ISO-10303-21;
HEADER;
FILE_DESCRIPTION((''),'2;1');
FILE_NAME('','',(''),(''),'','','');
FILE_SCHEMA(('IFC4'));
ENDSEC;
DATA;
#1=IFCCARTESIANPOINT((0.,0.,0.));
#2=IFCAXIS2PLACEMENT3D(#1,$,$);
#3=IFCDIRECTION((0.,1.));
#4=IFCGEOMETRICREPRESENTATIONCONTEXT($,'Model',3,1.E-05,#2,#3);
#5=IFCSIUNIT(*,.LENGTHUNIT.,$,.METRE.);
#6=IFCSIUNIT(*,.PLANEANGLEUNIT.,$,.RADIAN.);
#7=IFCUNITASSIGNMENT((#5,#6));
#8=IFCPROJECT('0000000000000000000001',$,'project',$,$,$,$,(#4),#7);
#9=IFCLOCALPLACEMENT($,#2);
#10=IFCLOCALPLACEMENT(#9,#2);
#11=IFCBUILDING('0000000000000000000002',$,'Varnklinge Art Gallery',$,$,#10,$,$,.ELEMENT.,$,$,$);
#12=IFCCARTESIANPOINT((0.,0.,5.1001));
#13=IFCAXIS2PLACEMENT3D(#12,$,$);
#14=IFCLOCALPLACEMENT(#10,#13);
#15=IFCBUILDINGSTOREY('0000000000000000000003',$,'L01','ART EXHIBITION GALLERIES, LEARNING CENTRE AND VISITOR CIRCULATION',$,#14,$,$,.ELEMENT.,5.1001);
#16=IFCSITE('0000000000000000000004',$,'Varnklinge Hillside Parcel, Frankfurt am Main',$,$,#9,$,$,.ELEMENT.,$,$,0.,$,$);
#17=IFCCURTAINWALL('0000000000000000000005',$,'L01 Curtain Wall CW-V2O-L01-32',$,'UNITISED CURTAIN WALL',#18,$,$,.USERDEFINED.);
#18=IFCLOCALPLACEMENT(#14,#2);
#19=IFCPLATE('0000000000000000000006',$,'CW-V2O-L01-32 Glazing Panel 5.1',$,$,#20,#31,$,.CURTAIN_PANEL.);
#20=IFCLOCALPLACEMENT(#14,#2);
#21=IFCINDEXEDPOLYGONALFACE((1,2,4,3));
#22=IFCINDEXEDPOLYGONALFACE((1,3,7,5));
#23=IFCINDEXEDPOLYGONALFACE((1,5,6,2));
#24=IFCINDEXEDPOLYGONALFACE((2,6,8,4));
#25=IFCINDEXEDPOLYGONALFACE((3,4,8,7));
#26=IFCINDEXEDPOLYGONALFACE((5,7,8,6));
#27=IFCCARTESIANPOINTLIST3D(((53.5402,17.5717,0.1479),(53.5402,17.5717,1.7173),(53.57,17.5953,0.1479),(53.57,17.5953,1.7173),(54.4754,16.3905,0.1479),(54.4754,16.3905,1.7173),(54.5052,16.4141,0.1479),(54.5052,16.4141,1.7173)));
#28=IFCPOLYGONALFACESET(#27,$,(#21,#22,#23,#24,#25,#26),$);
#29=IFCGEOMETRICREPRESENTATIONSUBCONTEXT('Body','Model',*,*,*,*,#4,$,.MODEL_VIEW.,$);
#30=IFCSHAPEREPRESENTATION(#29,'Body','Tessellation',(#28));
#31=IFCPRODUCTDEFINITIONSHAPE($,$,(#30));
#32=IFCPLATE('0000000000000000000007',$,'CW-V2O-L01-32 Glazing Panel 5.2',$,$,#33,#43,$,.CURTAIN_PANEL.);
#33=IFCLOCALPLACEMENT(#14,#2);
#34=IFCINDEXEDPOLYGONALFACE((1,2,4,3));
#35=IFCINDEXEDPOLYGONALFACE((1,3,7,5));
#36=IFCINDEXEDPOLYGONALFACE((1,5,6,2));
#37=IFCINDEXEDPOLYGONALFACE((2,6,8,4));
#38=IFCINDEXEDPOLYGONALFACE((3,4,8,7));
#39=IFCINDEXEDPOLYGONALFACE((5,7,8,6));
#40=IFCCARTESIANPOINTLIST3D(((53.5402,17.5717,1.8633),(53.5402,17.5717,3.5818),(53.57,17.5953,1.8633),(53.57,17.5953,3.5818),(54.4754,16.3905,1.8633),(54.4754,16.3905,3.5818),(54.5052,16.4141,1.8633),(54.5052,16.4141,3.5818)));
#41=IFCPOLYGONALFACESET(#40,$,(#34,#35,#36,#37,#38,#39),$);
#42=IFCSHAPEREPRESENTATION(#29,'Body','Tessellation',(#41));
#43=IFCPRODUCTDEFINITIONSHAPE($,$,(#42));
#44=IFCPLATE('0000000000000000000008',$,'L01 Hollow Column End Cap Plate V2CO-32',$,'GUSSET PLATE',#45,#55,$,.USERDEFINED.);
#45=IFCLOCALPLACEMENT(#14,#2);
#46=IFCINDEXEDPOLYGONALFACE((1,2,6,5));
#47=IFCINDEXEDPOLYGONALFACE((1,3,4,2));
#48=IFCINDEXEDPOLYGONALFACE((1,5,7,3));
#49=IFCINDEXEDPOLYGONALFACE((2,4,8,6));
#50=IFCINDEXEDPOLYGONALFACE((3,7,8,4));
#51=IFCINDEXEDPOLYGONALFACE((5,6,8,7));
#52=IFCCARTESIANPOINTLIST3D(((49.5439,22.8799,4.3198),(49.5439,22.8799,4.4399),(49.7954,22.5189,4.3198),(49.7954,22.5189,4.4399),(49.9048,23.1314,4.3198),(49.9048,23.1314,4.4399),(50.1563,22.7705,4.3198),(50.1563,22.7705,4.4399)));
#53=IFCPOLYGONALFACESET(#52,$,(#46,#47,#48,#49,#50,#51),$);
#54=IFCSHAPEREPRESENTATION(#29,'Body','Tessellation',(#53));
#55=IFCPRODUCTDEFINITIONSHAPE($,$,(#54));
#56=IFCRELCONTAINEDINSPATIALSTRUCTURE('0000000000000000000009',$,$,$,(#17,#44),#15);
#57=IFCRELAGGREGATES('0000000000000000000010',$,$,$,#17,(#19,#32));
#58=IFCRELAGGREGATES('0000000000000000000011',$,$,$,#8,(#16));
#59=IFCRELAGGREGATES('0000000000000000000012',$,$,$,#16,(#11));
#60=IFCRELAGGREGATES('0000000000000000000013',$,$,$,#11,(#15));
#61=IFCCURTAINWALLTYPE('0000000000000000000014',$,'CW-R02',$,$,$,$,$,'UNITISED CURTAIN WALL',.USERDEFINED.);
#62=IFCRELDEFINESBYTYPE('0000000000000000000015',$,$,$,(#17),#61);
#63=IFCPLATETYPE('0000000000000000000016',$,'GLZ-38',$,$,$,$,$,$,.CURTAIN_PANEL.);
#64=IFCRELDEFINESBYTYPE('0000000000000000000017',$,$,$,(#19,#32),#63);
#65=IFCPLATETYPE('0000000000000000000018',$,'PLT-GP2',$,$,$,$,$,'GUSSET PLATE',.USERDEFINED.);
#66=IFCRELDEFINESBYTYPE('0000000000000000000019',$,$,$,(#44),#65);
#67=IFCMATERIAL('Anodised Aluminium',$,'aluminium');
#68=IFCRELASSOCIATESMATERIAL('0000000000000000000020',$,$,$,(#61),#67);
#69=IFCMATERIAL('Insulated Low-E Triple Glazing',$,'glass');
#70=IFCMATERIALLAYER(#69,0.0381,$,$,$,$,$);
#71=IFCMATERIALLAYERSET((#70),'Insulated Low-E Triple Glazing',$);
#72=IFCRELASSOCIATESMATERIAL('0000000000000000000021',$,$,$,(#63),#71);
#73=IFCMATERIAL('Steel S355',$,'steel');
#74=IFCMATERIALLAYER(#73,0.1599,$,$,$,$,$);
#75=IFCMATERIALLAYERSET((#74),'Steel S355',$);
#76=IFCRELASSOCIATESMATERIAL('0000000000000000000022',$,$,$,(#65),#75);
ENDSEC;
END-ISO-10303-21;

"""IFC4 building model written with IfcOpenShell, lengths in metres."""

from ifc_helpers import new_model, si_unit, direction, frame, origin, origin_2d, place, context, subcontext, project, spatial, rectangle, extrude, material, layer, layer_set, type_object, element, aggregate, save


model = new_model("IFC4")

# Units and contexts
model_context = context("Model", 3, precision=1e-05, world=origin(), true_north=direction((0.0, 1.0)))
body_context = subcontext(model_context, "Body", "Model", "MODEL_VIEW")
ifc_project = project(units=[si_unit("LENGTHUNIT", "METRE"), si_unit("PLANEANGLEUNIT", "RADIAN")], contexts=[model_context])

# Site, building, storey
site_placement = place(None, origin())
site = spatial("IfcSite", under=ifc_project, at=site_placement, Name="Varnklinge Hillside Parcel, Frankfurt am Main", CompositionType="ELEMENT", RefElevation=0.0)
building_placement = place(site_placement, origin())
building = spatial("IfcBuilding", under=site, at=building_placement, Name="Varnklinge Art Gallery", CompositionType="ELEMENT")
storey_placement = place(building_placement, frame((0.0, 0.0, 5.1001)))
storey = spatial("IfcBuildingStorey", under=building, at=storey_placement, Name="L01", Description="ART EXHIBITION GALLERIES, LEARNING CENTRE AND VISITOR CIRCULATION", CompositionType="ELEMENT", Elevation=5.1001)

# Curtain wall
ifc_material_1 = material(Name="Anodised Aluminium", Category="aluminium")
curtain_wall_type = type_object("IfcCurtainWallType", Name="CW-R02", ElementType="UNITISED CURTAIN WALL", PredefinedType="USERDEFINED", material=ifc_material_1)
curtain_wall_1_placement = place(storey_placement, origin())
curtain_wall_1 = element("IfcCurtainWall", 1, at=curtain_wall_1_placement, inside=storey, type_object=curtain_wall_type, Name="L01 Curtain Wall CW-V2O-L01-32", ObjectType="UNITISED CURTAIN WALL", PredefinedType="USERDEFINED")

# Plates
ifc_material_2 = material(Name="Insulated Low-E Triple Glazing", Category="glass")
ifc_layer_1 = layer(ifc_material_2, 0.0381)
ifc_layer_set_1 = layer_set([ifc_layer_1], Name="Insulated Low-E Triple Glazing")
plate_type_1 = type_object("IfcPlateType", Name="GLZ-38", PredefinedType="CURTAIN_PANEL", material=ifc_layer_set_1)
plate_1_placement = place(storey_placement, frame((54.0227, 16.9929, 0.1479), z_axis=(0.0, 0.0, 1.0), x_axis=(0.620737, -0.784019, 0.0)))
plate_1 = element("IfcPlate", 2, at=plate_1_placement, type_object=plate_type_1, Name="CW-V2O-L01-32 Glazing Panel 5.1", PredefinedType="CURTAIN_PANEL", context=body_context, shape_type="SweptSolid", body=[
    extrude(rectangle(XDim=1.5066, YDim=0.0381, at=origin_2d()), origin(), (0.0, 0.0, 1.0), 1.5693),
])
plate_2_placement = place(storey_placement, frame((54.0227, 16.9929, 1.8633), z_axis=(0.0, 0.0, 1.0), x_axis=(0.620737, -0.784019, 0.0)))
plate_2 = element("IfcPlate", 3, at=plate_2_placement, type_object=plate_type_1, Name="CW-V2O-L01-32 Glazing Panel 5.2", PredefinedType="CURTAIN_PANEL", context=body_context, shape_type="SweptSolid", body=[
    extrude(rectangle(XDim=1.5066, YDim=0.0381, at=origin_2d()), origin(), (0.0, 0.0, 1.0), 1.7185),
])
aggregate(curtain_wall_1, [plate_1, plate_2])
ifc_material_3 = material(Name="Steel S355", Category="steel")
ifc_layer_2 = layer(ifc_material_3, 0.1599)
ifc_layer_set_2 = layer_set([ifc_layer_2], Name="Steel S355")
plate_type_2 = type_object("IfcPlateType", Name="PLT-GP2", ElementType="GUSSET PLATE", PredefinedType="USERDEFINED", material=ifc_layer_set_2)
plate_3_placement = place(storey_placement, frame((49.8501, 22.8252, 4.3198), z_axis=(0.0, 0.0, 1.0), x_axis=(0.820352, 0.57186, 0.0)))
element("IfcPlate", 4, at=plate_3_placement, inside=storey, type_object=plate_type_2, Name="L01 Hollow Column End Cap Plate V2CO-32", ObjectType="GUSSET PLATE", PredefinedType="USERDEFINED", context=body_context, shape_type="SweptSolid", body=[
    extrude(rectangle(XDim=0.4399, YDim=0.4399, at=origin_2d()), origin(), (0.0, 0.0, 1.0), 0.1201),
])

save(model, "model.ifc")
